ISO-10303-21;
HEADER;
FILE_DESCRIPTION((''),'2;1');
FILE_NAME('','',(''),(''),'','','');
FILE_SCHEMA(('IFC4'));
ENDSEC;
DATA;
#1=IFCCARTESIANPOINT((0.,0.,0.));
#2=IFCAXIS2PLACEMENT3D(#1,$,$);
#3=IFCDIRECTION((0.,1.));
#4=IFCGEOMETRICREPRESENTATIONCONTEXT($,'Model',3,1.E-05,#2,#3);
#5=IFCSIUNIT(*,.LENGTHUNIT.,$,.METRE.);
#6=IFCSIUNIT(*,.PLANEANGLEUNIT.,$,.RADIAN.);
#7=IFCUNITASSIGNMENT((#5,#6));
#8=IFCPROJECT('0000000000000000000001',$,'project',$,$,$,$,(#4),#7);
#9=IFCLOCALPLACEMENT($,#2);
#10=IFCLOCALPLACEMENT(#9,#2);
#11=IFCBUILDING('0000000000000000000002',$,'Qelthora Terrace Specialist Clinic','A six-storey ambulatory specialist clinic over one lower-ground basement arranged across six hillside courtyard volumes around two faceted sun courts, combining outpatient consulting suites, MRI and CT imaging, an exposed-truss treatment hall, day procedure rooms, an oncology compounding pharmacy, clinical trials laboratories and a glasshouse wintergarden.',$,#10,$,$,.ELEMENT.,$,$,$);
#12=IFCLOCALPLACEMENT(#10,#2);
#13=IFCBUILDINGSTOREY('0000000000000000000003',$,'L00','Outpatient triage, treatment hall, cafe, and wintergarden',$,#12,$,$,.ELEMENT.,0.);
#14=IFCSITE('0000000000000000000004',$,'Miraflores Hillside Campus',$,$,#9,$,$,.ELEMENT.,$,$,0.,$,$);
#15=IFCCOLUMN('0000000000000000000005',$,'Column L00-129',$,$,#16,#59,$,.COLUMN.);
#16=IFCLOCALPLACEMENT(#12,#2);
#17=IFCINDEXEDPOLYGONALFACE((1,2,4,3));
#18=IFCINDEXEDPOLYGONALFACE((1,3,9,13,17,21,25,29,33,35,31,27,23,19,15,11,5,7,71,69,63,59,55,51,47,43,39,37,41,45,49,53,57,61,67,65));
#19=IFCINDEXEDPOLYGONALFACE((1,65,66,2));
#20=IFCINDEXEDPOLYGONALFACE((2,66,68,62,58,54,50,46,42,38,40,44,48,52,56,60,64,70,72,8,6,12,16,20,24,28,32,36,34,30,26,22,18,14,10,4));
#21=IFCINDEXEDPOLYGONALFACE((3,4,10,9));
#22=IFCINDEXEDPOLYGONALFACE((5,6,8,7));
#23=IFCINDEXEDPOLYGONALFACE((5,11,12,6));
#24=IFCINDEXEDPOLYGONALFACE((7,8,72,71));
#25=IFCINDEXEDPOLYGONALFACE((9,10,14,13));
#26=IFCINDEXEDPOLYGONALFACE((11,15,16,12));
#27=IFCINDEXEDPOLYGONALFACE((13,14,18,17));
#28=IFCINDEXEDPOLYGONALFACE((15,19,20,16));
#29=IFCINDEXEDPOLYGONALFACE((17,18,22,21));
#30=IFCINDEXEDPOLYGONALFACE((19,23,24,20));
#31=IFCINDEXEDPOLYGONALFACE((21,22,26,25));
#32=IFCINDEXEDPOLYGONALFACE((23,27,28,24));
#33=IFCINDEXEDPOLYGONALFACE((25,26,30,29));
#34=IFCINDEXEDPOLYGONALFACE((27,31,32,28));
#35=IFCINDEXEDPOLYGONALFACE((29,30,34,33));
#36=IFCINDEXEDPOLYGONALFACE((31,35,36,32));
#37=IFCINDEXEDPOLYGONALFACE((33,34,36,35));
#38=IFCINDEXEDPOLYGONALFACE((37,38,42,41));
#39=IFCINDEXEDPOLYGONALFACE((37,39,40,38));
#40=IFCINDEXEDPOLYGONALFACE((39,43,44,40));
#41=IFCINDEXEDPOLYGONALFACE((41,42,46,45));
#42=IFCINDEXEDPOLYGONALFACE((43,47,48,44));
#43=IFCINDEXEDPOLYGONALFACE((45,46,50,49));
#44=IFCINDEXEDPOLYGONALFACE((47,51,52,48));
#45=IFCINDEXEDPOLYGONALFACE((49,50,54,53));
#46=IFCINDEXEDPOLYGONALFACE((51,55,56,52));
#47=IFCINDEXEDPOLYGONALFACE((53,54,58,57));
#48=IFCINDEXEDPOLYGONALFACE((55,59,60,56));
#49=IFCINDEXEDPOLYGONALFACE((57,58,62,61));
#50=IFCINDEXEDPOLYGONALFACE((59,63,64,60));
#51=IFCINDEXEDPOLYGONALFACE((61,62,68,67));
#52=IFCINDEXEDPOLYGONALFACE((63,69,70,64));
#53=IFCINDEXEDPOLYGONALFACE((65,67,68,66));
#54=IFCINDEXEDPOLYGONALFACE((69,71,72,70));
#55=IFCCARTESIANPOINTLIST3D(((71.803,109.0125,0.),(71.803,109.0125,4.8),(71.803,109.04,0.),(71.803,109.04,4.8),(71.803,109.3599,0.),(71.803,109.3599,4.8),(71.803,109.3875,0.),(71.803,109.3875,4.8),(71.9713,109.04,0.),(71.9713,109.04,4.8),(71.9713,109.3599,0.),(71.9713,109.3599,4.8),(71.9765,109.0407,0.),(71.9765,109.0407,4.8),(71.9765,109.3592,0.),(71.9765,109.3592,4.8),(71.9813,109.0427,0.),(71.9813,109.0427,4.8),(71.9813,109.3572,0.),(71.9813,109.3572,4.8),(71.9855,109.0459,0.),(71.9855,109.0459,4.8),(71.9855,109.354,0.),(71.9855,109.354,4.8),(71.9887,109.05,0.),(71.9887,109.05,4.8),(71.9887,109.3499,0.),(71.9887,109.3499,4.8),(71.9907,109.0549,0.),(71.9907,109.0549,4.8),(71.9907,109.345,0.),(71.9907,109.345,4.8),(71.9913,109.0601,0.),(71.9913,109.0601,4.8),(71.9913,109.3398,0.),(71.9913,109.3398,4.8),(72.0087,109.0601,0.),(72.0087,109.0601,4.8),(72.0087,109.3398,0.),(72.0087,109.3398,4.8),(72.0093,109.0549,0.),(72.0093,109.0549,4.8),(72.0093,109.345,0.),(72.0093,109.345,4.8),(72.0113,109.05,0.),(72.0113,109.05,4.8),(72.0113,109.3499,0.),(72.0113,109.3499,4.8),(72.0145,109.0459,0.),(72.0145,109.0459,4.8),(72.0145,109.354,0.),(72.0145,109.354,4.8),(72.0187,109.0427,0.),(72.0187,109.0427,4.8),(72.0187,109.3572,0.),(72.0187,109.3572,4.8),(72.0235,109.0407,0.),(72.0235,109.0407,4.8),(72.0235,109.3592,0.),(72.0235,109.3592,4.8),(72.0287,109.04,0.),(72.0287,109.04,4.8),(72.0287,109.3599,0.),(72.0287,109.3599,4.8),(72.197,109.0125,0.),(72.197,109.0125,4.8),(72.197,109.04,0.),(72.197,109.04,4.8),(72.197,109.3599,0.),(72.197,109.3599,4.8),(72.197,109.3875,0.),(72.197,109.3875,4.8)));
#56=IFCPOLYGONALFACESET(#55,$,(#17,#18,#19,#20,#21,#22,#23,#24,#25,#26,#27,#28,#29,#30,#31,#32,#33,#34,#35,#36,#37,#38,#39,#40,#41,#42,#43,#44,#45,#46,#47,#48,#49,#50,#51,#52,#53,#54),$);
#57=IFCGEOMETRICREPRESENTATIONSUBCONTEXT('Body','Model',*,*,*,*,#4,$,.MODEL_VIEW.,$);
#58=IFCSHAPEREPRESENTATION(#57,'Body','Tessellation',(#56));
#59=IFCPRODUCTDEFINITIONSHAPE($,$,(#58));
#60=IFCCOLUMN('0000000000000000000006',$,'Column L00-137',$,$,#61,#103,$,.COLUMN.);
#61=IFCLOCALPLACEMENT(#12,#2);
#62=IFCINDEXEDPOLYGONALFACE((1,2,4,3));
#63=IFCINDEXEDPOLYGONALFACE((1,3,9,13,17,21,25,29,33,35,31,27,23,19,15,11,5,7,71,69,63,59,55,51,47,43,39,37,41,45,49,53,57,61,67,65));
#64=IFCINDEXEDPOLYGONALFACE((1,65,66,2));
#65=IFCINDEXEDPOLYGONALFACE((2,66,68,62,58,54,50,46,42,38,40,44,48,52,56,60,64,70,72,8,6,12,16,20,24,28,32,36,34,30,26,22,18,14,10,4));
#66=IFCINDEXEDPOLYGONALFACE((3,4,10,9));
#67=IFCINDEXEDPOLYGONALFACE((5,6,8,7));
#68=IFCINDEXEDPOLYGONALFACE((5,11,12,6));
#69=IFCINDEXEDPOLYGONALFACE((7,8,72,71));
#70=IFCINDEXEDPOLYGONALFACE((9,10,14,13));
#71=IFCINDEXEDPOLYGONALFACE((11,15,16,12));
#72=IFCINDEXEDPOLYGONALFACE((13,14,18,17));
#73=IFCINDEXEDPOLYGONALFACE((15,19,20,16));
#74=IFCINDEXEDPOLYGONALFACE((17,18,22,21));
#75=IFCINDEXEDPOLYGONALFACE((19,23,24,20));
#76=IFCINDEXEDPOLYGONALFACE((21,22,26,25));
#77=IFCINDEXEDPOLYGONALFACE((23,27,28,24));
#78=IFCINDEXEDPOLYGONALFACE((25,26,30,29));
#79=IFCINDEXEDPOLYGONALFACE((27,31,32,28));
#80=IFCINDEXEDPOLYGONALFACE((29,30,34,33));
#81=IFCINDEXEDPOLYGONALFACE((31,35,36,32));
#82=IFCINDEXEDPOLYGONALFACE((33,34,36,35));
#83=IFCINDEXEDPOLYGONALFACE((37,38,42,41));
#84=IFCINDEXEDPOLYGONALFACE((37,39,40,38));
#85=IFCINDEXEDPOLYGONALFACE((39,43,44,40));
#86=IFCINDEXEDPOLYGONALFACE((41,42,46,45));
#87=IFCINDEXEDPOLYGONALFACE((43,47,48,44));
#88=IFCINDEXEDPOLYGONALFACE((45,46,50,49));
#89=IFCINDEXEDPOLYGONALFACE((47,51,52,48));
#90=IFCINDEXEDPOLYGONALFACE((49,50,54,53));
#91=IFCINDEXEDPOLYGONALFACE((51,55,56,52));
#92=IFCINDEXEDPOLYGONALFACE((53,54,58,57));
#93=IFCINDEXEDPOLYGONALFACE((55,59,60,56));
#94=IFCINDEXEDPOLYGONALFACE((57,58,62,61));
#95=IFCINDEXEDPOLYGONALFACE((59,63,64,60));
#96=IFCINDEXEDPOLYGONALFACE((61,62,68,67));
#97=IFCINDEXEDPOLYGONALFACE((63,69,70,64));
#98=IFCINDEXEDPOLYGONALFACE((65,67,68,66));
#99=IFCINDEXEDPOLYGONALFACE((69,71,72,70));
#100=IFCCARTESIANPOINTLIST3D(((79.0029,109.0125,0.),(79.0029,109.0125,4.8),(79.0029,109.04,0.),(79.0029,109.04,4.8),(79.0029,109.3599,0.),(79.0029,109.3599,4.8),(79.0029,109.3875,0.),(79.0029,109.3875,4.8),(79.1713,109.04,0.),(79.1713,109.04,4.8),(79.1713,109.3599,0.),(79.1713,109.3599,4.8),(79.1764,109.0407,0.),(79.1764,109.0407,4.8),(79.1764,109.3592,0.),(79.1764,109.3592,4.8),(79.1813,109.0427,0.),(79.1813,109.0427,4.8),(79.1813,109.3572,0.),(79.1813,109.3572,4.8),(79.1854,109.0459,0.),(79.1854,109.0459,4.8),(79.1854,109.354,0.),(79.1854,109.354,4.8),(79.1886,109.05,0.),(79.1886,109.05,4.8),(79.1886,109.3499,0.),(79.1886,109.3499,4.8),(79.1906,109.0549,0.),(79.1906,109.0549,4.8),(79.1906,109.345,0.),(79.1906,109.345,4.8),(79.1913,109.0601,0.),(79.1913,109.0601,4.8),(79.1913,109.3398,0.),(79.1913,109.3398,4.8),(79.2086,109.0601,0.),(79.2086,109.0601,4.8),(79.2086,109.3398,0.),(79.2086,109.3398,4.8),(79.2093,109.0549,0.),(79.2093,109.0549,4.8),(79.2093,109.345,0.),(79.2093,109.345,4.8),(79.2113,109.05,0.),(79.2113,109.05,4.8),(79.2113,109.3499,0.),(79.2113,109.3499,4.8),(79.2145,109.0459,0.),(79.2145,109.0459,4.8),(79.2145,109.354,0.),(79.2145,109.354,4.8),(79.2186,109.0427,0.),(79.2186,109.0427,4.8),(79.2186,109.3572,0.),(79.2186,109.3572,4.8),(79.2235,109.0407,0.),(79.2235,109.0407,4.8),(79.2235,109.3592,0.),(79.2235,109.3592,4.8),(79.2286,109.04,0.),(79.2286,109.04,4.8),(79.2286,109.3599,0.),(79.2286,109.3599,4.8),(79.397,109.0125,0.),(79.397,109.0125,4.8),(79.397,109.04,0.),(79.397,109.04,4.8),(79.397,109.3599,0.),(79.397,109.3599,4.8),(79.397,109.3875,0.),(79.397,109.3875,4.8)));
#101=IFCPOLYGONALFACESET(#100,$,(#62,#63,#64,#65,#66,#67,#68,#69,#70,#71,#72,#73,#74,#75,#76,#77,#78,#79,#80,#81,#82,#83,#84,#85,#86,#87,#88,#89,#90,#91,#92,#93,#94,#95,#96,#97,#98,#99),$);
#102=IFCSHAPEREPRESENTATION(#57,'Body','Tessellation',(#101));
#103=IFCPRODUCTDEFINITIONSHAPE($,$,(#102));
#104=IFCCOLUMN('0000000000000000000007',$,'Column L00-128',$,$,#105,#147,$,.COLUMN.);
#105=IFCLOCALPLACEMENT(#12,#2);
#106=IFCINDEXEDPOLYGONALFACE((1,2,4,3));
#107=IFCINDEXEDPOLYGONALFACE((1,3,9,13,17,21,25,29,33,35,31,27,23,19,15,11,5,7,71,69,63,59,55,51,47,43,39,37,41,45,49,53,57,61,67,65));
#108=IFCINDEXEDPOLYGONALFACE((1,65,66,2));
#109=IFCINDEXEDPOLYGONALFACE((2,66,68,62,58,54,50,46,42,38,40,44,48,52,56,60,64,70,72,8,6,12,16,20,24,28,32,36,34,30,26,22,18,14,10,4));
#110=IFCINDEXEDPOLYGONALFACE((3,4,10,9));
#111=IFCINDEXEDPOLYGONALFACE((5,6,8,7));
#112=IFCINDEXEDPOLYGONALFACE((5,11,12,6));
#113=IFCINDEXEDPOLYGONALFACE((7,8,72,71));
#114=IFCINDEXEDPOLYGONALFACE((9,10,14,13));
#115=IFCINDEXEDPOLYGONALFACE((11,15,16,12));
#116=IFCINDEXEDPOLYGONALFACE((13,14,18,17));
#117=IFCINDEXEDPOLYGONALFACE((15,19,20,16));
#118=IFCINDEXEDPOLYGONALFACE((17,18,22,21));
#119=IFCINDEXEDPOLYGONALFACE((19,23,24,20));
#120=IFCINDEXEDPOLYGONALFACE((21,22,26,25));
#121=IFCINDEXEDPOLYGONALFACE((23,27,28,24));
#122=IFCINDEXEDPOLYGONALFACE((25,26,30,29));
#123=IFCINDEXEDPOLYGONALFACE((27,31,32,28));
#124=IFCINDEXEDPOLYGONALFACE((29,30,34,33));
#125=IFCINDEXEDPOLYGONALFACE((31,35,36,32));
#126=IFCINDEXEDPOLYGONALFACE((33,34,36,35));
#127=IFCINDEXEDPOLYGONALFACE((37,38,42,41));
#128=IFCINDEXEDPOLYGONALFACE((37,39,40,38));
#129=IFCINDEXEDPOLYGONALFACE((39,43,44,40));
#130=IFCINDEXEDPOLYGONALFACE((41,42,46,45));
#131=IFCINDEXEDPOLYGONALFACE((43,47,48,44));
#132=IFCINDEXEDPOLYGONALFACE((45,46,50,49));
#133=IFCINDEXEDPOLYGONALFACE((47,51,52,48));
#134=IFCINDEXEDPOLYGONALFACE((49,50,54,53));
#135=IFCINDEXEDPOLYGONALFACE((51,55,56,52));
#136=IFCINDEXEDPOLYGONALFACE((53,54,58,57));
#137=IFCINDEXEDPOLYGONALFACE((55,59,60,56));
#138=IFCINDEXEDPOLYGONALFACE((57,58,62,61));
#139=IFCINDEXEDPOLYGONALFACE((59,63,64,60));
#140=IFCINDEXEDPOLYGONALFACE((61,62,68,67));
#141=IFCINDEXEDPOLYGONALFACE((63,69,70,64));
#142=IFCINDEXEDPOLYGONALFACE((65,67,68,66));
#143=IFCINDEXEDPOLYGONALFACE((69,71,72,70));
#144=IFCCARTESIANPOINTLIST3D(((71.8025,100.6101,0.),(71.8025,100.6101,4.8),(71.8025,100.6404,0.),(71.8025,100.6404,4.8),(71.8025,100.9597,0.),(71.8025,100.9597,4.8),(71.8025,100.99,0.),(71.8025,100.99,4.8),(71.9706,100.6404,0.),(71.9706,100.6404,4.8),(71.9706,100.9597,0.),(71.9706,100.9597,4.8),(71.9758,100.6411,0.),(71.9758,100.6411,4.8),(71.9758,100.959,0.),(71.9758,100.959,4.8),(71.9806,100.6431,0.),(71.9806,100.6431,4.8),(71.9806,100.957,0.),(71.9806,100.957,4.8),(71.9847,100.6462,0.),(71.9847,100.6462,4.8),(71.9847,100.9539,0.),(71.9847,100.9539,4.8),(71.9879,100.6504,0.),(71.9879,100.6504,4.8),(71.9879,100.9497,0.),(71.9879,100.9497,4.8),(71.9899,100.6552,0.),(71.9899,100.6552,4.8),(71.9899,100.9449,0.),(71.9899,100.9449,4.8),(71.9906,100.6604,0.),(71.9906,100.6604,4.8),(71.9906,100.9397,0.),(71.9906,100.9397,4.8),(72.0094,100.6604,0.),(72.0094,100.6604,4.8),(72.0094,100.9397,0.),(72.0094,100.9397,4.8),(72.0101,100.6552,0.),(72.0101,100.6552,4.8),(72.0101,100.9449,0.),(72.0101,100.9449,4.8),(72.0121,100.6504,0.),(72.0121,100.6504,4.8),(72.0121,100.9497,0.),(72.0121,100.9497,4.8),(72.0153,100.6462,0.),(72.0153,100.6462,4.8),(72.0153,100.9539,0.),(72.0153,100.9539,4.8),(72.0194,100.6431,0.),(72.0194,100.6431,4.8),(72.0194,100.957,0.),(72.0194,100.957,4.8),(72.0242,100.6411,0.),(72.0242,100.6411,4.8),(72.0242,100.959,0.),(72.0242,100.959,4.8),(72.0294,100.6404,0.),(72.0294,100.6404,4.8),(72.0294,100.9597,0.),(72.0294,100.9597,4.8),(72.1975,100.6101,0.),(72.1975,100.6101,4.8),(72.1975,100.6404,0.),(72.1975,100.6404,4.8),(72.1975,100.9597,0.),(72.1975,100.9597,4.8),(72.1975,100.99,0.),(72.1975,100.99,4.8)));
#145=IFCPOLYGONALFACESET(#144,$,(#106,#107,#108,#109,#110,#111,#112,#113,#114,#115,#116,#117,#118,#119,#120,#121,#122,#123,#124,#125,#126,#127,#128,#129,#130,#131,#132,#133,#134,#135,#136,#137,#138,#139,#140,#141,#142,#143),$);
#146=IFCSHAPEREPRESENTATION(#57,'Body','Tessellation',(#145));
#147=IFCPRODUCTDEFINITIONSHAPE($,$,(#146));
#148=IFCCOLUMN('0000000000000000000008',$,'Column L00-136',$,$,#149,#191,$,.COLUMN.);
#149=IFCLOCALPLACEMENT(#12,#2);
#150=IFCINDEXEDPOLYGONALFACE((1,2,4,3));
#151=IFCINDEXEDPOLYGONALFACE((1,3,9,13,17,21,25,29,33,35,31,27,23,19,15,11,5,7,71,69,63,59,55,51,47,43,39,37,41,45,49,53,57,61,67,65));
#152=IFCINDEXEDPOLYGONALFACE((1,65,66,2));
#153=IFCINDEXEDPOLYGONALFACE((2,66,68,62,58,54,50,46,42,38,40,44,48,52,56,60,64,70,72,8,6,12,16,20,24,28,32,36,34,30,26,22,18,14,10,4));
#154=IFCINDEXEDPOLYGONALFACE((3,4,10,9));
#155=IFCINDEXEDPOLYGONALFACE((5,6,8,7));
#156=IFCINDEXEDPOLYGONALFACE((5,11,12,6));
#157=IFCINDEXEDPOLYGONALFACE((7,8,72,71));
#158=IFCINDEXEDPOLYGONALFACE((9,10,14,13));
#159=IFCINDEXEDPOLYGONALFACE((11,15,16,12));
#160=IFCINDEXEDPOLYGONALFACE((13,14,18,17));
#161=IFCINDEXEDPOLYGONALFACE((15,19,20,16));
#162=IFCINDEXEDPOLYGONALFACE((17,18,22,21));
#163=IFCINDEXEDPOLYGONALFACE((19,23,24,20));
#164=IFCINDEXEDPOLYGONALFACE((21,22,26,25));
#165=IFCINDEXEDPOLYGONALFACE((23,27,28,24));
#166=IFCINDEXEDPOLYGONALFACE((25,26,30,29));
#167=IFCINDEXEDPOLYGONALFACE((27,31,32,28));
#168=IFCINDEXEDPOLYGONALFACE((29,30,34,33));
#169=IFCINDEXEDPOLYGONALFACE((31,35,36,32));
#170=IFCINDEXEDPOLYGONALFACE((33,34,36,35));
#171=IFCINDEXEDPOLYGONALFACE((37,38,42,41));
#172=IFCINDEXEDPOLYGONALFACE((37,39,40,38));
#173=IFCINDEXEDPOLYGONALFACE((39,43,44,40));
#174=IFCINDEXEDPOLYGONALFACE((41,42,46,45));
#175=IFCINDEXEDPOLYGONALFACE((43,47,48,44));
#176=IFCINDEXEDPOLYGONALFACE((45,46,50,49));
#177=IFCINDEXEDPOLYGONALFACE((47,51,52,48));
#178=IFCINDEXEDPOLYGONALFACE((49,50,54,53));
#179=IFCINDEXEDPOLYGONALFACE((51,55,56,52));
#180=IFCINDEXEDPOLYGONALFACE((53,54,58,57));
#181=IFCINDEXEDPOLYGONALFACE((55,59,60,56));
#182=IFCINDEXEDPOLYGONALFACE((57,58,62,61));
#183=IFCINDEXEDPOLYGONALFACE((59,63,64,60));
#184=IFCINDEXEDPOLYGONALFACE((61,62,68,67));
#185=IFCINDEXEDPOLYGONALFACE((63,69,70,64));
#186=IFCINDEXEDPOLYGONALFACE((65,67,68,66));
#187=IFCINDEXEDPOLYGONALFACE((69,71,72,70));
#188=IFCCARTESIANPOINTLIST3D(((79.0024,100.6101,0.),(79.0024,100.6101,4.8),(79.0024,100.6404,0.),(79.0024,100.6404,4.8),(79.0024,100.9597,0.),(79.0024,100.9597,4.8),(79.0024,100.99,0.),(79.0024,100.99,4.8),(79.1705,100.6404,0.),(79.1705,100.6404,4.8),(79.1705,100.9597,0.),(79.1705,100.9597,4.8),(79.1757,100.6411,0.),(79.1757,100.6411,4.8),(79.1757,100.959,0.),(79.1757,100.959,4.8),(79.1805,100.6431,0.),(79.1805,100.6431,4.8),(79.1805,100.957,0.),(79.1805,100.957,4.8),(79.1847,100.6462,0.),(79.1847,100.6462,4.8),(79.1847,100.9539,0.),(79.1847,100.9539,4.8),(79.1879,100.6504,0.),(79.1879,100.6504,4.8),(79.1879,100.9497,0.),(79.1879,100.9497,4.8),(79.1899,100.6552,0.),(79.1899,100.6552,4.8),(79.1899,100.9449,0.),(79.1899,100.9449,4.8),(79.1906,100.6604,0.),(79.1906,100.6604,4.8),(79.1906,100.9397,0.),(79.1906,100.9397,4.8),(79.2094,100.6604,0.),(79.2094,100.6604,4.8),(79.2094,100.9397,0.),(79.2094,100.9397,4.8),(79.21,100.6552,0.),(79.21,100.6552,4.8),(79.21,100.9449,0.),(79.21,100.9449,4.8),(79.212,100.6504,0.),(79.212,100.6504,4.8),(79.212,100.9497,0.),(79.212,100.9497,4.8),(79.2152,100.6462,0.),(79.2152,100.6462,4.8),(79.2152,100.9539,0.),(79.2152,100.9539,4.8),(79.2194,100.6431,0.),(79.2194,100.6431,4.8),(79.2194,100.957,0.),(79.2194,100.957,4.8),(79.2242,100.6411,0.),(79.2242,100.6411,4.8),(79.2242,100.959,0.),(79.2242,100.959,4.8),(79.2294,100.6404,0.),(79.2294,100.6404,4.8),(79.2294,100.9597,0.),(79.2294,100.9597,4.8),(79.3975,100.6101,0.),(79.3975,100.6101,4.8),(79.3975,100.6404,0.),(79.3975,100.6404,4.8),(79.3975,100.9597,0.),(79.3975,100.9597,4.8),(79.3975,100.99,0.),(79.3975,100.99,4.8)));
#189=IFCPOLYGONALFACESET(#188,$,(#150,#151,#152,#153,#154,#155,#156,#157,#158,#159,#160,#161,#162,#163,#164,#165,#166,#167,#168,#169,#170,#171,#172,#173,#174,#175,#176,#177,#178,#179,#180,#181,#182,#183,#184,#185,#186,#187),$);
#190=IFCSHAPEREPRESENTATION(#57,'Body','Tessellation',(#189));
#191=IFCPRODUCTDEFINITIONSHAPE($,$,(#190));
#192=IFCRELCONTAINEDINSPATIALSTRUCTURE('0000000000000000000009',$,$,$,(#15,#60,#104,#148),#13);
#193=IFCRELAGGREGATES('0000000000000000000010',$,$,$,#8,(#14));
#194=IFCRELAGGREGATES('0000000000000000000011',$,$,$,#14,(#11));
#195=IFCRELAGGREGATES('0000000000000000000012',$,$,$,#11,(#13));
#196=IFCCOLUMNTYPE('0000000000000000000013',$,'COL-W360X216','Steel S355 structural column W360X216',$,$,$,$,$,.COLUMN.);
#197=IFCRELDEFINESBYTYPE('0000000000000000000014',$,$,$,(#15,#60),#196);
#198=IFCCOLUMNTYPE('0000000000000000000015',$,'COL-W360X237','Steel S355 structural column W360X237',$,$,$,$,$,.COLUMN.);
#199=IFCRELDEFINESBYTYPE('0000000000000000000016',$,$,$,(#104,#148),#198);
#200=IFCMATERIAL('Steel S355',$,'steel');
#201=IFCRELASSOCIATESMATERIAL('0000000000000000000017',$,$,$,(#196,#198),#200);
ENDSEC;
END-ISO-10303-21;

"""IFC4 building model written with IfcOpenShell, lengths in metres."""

from ifc_helpers import new_model, si_unit, direction, frame, origin, origin_2d, place, context, subcontext, project, spatial, i_section, extrude, material, material_profile, profile_set, type_object, element, save


model = new_model("IFC4")

# Units and contexts
model_context = context("Model", 3, precision=1e-05, world=origin(), true_north=direction((0.0, 1.0)))
body_context = subcontext(model_context, "Body", "Model", "MODEL_VIEW")
ifc_project = project(units=[si_unit("LENGTHUNIT", "METRE"), si_unit("PLANEANGLEUNIT", "RADIAN")], contexts=[model_context])

# Site, building, storey
site_placement = place(None, origin())
site = spatial("IfcSite", under=ifc_project, at=site_placement, Name="Miraflores Hillside Campus", CompositionType="ELEMENT", RefElevation=0.0)
building_placement = place(site_placement, origin())
building = spatial("IfcBuilding", under=site, at=building_placement, Name="Qelthora Terrace Specialist Clinic", Description="A six-storey ambulatory specialist clinic over one lower-ground basement arranged across six hillside courtyard volumes around two faceted sun courts, combining outpatient consulting suites, MRI and CT imaging, an exposed-truss treatment hall, day procedure rooms, an oncology compounding pharmacy, clinical trials laboratories and a glasshouse wintergarden.", CompositionType="ELEMENT")
storey_placement = place(building_placement, origin())
storey = spatial("IfcBuildingStorey", under=building, at=storey_placement, Name="L00", Description="Outpatient triage, treatment hall, cafe, and wintergarden", CompositionType="ELEMENT", Elevation=0.0)

# Columns
ifc_material_1 = material(Name="Steel S355", Category="steel")
ifc_material_profile_1 = material_profile(ifc_material_1, i_section(OverallWidth=0.394, OverallDepth=0.375, WebThickness=0.0173, FlangeThickness=0.0276, FilletRadius=0.02, at=origin_2d()), Name="W360X216")
ifc_profile_set_1 = profile_set([ifc_material_profile_1], Name="Steel S355")
column_type_1 = type_object("IfcColumnType", Name="COL-W360X216", Description="Steel S355 structural column W360X216", PredefinedType="COLUMN", material=ifc_profile_set_1)
for number, where, z_axis, x_axis, name in (
    (1, (72.0, 109.2, 0.0), (0.0, 0.0, 1.0), (1.0, 0.0, 0.0), "Column L00-129"),
    (2, (79.2, 109.2, 0.0), (0.0, 0.0, 1.0), (1.0, 0.0, 0.0), "Column L00-137"),
):
    element("IfcColumn", number, at=place(storey_placement, frame(where, z_axis=z_axis, x_axis=x_axis)), inside=storey, type_object=column_type_1, Name=name, PredefinedType="COLUMN", context=body_context, shape_type="SweptSolid", body=[
        extrude(i_section(OverallWidth=0.394, OverallDepth=0.375, WebThickness=0.0173, FlangeThickness=0.0276, FilletRadius=0.02, at=origin_2d()), origin(), (0.0, 0.0, 1.0), 4.8),
    ])
ifc_material_profile_2 = material_profile(ifc_material_1, i_section(OverallWidth=0.395, OverallDepth=0.3799, WebThickness=0.0188, FlangeThickness=0.0303, FilletRadius=0.02, at=origin_2d()), Name="W360X237")
ifc_profile_set_2 = profile_set([ifc_material_profile_2], Name="Steel S355")
column_type_2 = type_object("IfcColumnType", Name="COL-W360X237", Description="Steel S355 structural column W360X237", PredefinedType="COLUMN", material=ifc_profile_set_2)
for number, where, z_axis, x_axis, name in (
    (3, (72.0, 100.8, 0.0), (0.0, 0.0, 1.0), (1.0, 0.0, 0.0), "Column L00-128"),
    (4, (79.2, 100.8, 0.0), (0.0, 0.0, 1.0), (1.0, 0.0, 0.0), "Column L00-136"),
):
    element("IfcColumn", number, at=place(storey_placement, frame(where, z_axis=z_axis, x_axis=x_axis)), inside=storey, type_object=column_type_2, Name=name, PredefinedType="COLUMN", context=body_context, shape_type="SweptSolid", body=[
        extrude(i_section(OverallWidth=0.395, OverallDepth=0.3799, WebThickness=0.0188, FlangeThickness=0.0303, FilletRadius=0.02, at=origin_2d()), origin(), (0.0, 0.0, 1.0), 4.8),
    ])

save(model, "model.ifc")
